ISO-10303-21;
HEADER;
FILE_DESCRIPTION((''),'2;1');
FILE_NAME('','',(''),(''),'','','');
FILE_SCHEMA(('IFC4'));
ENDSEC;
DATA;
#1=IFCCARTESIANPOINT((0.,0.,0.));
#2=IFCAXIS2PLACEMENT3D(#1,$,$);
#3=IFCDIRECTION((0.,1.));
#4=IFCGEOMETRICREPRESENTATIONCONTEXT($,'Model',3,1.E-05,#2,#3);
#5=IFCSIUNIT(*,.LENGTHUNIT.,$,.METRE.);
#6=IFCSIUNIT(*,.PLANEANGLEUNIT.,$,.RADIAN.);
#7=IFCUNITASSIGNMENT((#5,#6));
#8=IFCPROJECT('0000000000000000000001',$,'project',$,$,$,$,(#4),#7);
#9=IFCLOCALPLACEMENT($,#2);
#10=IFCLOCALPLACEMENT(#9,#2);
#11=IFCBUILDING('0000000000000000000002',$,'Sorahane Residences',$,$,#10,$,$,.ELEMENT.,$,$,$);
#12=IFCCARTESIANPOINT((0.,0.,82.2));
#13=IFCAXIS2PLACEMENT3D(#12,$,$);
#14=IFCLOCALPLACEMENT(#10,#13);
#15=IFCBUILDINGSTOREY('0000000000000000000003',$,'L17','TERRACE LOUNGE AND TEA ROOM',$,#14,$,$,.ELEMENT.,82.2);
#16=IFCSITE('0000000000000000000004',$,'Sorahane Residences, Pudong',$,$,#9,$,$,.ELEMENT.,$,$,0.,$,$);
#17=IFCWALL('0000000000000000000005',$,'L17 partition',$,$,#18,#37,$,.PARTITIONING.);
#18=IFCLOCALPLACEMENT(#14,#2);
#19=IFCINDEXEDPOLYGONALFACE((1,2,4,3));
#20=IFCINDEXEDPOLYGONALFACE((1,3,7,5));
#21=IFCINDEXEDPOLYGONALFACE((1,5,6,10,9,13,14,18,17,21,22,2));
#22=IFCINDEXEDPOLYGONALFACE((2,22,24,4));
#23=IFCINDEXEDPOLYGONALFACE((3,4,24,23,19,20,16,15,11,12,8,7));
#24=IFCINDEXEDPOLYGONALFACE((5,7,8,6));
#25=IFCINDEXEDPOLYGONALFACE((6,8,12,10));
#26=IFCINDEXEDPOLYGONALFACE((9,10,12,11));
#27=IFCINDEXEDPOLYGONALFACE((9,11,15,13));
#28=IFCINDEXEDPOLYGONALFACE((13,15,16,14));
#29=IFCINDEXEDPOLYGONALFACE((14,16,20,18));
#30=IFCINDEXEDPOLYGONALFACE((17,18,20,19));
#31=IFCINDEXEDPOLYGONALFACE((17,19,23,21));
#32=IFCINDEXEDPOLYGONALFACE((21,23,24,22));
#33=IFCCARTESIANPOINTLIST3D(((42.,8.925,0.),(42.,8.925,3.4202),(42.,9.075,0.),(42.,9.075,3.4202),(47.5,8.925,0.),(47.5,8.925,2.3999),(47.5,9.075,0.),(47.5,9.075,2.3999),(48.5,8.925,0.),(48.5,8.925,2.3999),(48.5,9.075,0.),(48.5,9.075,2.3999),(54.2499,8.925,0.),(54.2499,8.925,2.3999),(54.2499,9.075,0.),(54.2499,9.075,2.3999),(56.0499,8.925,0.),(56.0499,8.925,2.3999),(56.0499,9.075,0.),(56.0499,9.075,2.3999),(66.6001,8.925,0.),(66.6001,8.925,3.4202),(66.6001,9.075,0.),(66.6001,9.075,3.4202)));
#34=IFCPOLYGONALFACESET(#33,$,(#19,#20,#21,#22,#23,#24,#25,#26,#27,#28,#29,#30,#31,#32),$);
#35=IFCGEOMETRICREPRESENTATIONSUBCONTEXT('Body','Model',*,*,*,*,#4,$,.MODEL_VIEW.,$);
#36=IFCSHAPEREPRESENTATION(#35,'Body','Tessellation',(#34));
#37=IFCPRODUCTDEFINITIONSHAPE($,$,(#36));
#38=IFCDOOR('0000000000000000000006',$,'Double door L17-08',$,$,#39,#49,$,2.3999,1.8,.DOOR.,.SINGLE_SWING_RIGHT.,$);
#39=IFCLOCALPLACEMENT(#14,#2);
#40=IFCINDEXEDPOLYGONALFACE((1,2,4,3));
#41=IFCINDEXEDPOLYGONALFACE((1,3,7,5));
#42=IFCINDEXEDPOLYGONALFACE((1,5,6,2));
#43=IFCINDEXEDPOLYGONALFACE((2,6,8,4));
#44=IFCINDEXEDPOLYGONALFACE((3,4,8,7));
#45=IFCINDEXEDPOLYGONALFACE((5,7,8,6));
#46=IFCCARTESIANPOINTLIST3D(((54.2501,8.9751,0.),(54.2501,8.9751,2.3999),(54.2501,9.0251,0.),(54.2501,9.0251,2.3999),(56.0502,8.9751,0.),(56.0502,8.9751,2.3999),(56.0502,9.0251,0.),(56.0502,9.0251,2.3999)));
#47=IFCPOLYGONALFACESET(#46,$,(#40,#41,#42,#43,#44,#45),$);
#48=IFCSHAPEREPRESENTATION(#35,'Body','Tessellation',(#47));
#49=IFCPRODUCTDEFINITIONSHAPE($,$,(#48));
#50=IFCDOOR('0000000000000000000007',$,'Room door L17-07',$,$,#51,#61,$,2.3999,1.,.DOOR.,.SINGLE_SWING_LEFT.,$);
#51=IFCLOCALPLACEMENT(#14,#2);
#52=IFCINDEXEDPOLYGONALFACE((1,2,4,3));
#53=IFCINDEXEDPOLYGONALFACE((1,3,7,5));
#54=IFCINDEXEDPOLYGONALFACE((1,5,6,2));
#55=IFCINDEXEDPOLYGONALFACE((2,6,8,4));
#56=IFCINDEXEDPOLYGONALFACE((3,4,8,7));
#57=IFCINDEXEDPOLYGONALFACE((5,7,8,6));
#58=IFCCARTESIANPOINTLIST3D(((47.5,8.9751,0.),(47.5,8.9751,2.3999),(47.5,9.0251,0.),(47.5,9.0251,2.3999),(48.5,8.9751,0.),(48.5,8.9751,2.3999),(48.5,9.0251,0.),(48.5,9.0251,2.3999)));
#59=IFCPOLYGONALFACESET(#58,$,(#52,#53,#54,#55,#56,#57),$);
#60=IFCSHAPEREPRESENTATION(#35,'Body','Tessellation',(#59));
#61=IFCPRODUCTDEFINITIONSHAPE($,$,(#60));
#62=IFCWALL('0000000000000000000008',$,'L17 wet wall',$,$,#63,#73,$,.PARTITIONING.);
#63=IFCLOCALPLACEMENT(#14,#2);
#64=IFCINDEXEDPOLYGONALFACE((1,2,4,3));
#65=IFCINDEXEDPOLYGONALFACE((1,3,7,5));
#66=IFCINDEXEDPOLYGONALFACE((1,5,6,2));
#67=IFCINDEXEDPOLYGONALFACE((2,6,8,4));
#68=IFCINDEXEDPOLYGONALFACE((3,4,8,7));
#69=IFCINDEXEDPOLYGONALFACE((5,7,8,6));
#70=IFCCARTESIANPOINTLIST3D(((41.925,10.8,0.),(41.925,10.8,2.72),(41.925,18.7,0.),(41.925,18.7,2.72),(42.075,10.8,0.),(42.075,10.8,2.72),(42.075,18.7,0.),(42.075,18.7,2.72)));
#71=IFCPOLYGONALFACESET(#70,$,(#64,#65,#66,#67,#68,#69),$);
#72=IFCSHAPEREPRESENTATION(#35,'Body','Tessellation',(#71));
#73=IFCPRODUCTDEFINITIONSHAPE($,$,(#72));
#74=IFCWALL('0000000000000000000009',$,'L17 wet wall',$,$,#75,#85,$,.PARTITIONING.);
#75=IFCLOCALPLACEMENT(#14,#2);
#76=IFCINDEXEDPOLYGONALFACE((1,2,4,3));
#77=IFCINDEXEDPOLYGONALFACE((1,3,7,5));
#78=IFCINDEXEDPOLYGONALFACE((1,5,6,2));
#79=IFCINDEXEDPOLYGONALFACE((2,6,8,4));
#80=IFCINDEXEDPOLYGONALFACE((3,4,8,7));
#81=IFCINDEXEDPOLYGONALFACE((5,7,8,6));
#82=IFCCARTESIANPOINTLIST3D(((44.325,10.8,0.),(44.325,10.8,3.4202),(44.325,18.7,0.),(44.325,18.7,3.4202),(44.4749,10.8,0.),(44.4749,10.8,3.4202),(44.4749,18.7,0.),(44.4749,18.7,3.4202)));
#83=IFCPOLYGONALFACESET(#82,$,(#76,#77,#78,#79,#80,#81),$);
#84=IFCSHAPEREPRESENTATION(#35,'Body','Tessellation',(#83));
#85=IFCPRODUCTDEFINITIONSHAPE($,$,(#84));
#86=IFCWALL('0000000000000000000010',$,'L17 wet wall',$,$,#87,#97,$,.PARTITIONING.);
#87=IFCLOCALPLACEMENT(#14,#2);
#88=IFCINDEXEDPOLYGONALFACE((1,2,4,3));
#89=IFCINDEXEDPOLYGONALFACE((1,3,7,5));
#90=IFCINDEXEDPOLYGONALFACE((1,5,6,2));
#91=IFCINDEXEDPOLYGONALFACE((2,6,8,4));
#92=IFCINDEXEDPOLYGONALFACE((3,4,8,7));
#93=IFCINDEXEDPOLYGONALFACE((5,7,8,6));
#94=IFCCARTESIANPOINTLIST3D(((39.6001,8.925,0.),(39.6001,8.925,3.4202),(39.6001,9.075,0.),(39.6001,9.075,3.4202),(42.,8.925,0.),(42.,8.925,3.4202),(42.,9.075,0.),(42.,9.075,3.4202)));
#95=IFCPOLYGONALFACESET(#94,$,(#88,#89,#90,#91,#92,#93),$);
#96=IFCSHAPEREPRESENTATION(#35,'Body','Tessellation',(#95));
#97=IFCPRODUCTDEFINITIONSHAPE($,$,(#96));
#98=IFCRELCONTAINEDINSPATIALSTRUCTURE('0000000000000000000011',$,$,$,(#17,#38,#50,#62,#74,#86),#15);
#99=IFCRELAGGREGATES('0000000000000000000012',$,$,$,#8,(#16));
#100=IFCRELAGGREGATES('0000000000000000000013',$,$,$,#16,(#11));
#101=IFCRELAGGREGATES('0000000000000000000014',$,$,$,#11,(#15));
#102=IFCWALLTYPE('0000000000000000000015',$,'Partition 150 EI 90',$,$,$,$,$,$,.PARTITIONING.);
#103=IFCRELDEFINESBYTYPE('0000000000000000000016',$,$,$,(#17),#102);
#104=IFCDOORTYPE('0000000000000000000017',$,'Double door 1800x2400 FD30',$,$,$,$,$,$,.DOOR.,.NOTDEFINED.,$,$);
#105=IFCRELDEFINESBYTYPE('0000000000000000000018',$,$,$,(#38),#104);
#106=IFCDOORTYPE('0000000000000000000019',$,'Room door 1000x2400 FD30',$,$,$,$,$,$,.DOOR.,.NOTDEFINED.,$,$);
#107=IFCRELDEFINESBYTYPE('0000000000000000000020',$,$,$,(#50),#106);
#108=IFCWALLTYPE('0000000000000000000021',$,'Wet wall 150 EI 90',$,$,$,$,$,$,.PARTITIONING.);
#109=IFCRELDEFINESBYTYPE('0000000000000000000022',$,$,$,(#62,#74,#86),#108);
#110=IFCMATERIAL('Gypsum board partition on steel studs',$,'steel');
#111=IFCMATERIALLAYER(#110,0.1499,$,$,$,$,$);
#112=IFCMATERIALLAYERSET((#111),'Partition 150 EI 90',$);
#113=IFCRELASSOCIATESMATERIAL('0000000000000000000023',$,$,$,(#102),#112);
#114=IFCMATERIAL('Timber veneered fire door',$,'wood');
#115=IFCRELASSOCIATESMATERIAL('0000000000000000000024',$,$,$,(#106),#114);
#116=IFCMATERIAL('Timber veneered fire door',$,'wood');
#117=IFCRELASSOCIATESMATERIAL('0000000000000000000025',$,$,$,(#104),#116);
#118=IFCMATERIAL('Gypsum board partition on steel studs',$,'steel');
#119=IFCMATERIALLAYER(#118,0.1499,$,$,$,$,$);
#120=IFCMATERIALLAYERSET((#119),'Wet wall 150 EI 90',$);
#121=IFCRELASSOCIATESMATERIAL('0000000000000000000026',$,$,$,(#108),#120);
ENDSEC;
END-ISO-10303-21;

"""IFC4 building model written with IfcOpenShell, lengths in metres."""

from ifc_helpers import new_model, si_unit, direction, frame, frame_2d, origin, place, context, subcontext, project, spatial, rectangle, extrude, material, layer, layer_set, type_object, element, fill, save


model = new_model("IFC4")

# Units and contexts
model_context = context("Model", 3, precision=1e-05, world=origin(), true_north=direction((0.0, 1.0)))
body_context = subcontext(model_context, "Body", "Model", "MODEL_VIEW")
ifc_project = project(units=[si_unit("LENGTHUNIT", "METRE"), si_unit("PLANEANGLEUNIT", "RADIAN")], contexts=[model_context])

# Site, building, storey
site_placement = place(None, origin())
site = spatial("IfcSite", under=ifc_project, at=site_placement, Name="Sorahane Residences, Pudong", CompositionType="ELEMENT", RefElevation=0.0)
building_placement = place(site_placement, origin())
building = spatial("IfcBuilding", under=site, at=building_placement, Name="Sorahane Residences", CompositionType="ELEMENT")
storey_placement = place(building_placement, frame((0.0, 0.0, 82.2)))
storey = spatial("IfcBuildingStorey", under=building, at=storey_placement, Name="L17", Description="TERRACE LOUNGE AND TEA ROOM", CompositionType="ELEMENT", Elevation=82.2)

# Shared definitions
ifc_material_1 = material(Name="Gypsum board partition on steel studs", Category="steel")
ifc_layer_1 = layer(ifc_material_1, 0.1499)
ifc_layer_set_1 = layer_set([ifc_layer_1], Name="Partition 150 EI 90")
wall_type_1 = type_object("IfcWallType", Name="Partition 150 EI 90", PredefinedType="PARTITIONING", material=ifc_layer_set_1)
ifc_material_2 = material(Name="Timber veneered fire door", Category="wood")
door_type_1 = type_object("IfcDoorType", Name="Room door 1000x2400 FD30", OperationType="NOTDEFINED", PredefinedType="DOOR", material=ifc_material_2)

# Wall, openings, doors
wall_1_placement = place(storey_placement, frame((42.0, 9.0, 0.0), z_axis=(0.0, 0.0, 1.0), x_axis=(1.0, 0.0, 0.0)))
wall_1 = element("IfcWall", 1, at=wall_1_placement, inside=storey, type_object=wall_type_1, Name="L17 partition", PredefinedType="PARTITIONING", context=body_context, shape_type="SweptSolid", body=[
    extrude(rectangle(XDim=24.6001, YDim=0.1499, at=frame_2d((12.3, 0.0))), origin(), (0.0, 0.0, 1.0), 3.4202),
])
opening_1_placement = place(wall_1_placement, frame((5.5, 0.0, 0.0)))
opening_1 = element("IfcOpeningElement", 2, at=opening_1_placement, cuts=wall_1, PredefinedType="OPENING", context=body_context, shape_type="SweptSolid", body=[
    extrude(rectangle(XDim=1.0, YDim=2.3999, at=frame_2d((0.5, 1.2))), frame((0.0, 0.085, 0.0), z_axis=(0.0, -1.0, 0.0), x_axis=(1.0, 0.0, 0.0)), (0.0, 0.0, 1.0), 0.1699),
])
opening_2_placement = place(wall_1_placement, frame((12.25, 0.0, 0.0)))
opening_2 = element("IfcOpeningElement", 3, at=opening_2_placement, cuts=wall_1, PredefinedType="OPENING", context=body_context, shape_type="SweptSolid", body=[
    extrude(rectangle(XDim=1.8, YDim=2.3999, at=frame_2d((0.8999, 1.2))), frame((0.0, 0.085, 0.0), z_axis=(0.0, -1.0, 0.0), x_axis=(1.0, 0.0, 0.0)), (0.0, 0.0, 1.0), 0.1699),
])
ifc_material_3 = material(Name="Timber veneered fire door", Category="wood")
door_type_2 = type_object("IfcDoorType", Name="Double door 1800x2400 FD30", OperationType="NOTDEFINED", PredefinedType="DOOR", material=ifc_material_3)
door_1_placement = place(opening_2_placement, frame((1.8, 0.0, 0.0), z_axis=(0.0, 0.0, 1.0), x_axis=(-1.0, 0.0, 0.0)))
door_1 = element("IfcDoor", 4, at=door_1_placement, inside=storey, type_object=door_type_2, Name="Double door L17-08", OperationType="SINGLE_SWING_RIGHT", OverallHeight=2.3999, OverallWidth=1.8, PredefinedType="DOOR", context=body_context, shape_type="SweptSolid", body=[
    extrude(rectangle(XDim=1.8, YDim=2.3999, at=frame_2d((0.8999, 1.2))), frame((0.0, 0.0249, 0.0), z_axis=(0.0, -1.0, 0.0), x_axis=(1.0, 0.0, 0.0)), (0.0, 0.0, 1.0), 0.05),
])
fill(opening_2, door_1)
door_2_placement = place(opening_1_placement, frame((1.0, 0.0, 0.0), z_axis=(0.0, 0.0, 1.0), x_axis=(-1.0, 0.0, 0.0)))
door_2 = element("IfcDoor", 5, at=door_2_placement, inside=storey, type_object=door_type_1, Name="Room door L17-07", OperationType="SINGLE_SWING_LEFT", OverallHeight=2.3999, OverallWidth=1.0, PredefinedType="DOOR", context=body_context, shape_type="SweptSolid", body=[
    extrude(rectangle(XDim=1.0, YDim=2.3999, at=frame_2d((0.5, 1.2))), frame((0.0, 0.0249, 0.0), z_axis=(0.0, -1.0, 0.0), x_axis=(1.0, 0.0, 0.0)), (0.0, 0.0, 1.0), 0.05),
])
fill(opening_1, door_2)

# Walls
ifc_material_4 = material(Name="Gypsum board partition on steel studs", Category="steel")
ifc_layer_2 = layer(ifc_material_4, 0.1499)
ifc_layer_set_2 = layer_set([ifc_layer_2], Name="Wet wall 150 EI 90")
wall_type_2 = type_object("IfcWallType", Name="Wet wall 150 EI 90", PredefinedType="PARTITIONING", material=ifc_layer_set_2)
wall_2_placement = place(storey_placement, frame((42.0, 10.8, 0.0), z_axis=(0.0, 0.0, 1.0), x_axis=(0.0, 1.0, 0.0)))
element("IfcWall", 6, at=wall_2_placement, inside=storey, type_object=wall_type_2, Name="L17 wet wall", PredefinedType="PARTITIONING", context=body_context, shape_type="SweptSolid", body=[
    extrude(rectangle(XDim=7.8999, YDim=0.1499, at=frame_2d((3.95, 0.0))), origin(), (0.0, 0.0, 1.0), 2.72),
])
wall_3_placement = place(storey_placement, frame((44.3999, 10.8, 0.0), z_axis=(0.0, 0.0, 1.0), x_axis=(0.0, 1.0, 0.0)))
element("IfcWall", 7, at=wall_3_placement, inside=storey, type_object=wall_type_2, Name="L17 wet wall", PredefinedType="PARTITIONING", context=body_context, shape_type="SweptSolid", body=[
    extrude(rectangle(XDim=7.8999, YDim=0.1499, at=frame_2d((3.95, 0.0))), origin(), (0.0, 0.0, 1.0), 3.4202),
])

# Wall
wall_4_placement = place(storey_placement, frame((39.6001, 9.0, 0.0), z_axis=(0.0, 0.0, 1.0), x_axis=(1.0, 0.0, 0.0)))
element("IfcWall", 8, at=wall_4_placement, inside=storey, type_object=wall_type_2, Name="L17 wet wall", PredefinedType="PARTITIONING", context=body_context, shape_type="SweptSolid", body=[
    extrude(rectangle(XDim=2.3999, YDim=0.1499, at=frame_2d((1.2, 0.0))), origin(), (0.0, 0.0, 1.0), 3.4202),
])

save(model, "model.ifc")
